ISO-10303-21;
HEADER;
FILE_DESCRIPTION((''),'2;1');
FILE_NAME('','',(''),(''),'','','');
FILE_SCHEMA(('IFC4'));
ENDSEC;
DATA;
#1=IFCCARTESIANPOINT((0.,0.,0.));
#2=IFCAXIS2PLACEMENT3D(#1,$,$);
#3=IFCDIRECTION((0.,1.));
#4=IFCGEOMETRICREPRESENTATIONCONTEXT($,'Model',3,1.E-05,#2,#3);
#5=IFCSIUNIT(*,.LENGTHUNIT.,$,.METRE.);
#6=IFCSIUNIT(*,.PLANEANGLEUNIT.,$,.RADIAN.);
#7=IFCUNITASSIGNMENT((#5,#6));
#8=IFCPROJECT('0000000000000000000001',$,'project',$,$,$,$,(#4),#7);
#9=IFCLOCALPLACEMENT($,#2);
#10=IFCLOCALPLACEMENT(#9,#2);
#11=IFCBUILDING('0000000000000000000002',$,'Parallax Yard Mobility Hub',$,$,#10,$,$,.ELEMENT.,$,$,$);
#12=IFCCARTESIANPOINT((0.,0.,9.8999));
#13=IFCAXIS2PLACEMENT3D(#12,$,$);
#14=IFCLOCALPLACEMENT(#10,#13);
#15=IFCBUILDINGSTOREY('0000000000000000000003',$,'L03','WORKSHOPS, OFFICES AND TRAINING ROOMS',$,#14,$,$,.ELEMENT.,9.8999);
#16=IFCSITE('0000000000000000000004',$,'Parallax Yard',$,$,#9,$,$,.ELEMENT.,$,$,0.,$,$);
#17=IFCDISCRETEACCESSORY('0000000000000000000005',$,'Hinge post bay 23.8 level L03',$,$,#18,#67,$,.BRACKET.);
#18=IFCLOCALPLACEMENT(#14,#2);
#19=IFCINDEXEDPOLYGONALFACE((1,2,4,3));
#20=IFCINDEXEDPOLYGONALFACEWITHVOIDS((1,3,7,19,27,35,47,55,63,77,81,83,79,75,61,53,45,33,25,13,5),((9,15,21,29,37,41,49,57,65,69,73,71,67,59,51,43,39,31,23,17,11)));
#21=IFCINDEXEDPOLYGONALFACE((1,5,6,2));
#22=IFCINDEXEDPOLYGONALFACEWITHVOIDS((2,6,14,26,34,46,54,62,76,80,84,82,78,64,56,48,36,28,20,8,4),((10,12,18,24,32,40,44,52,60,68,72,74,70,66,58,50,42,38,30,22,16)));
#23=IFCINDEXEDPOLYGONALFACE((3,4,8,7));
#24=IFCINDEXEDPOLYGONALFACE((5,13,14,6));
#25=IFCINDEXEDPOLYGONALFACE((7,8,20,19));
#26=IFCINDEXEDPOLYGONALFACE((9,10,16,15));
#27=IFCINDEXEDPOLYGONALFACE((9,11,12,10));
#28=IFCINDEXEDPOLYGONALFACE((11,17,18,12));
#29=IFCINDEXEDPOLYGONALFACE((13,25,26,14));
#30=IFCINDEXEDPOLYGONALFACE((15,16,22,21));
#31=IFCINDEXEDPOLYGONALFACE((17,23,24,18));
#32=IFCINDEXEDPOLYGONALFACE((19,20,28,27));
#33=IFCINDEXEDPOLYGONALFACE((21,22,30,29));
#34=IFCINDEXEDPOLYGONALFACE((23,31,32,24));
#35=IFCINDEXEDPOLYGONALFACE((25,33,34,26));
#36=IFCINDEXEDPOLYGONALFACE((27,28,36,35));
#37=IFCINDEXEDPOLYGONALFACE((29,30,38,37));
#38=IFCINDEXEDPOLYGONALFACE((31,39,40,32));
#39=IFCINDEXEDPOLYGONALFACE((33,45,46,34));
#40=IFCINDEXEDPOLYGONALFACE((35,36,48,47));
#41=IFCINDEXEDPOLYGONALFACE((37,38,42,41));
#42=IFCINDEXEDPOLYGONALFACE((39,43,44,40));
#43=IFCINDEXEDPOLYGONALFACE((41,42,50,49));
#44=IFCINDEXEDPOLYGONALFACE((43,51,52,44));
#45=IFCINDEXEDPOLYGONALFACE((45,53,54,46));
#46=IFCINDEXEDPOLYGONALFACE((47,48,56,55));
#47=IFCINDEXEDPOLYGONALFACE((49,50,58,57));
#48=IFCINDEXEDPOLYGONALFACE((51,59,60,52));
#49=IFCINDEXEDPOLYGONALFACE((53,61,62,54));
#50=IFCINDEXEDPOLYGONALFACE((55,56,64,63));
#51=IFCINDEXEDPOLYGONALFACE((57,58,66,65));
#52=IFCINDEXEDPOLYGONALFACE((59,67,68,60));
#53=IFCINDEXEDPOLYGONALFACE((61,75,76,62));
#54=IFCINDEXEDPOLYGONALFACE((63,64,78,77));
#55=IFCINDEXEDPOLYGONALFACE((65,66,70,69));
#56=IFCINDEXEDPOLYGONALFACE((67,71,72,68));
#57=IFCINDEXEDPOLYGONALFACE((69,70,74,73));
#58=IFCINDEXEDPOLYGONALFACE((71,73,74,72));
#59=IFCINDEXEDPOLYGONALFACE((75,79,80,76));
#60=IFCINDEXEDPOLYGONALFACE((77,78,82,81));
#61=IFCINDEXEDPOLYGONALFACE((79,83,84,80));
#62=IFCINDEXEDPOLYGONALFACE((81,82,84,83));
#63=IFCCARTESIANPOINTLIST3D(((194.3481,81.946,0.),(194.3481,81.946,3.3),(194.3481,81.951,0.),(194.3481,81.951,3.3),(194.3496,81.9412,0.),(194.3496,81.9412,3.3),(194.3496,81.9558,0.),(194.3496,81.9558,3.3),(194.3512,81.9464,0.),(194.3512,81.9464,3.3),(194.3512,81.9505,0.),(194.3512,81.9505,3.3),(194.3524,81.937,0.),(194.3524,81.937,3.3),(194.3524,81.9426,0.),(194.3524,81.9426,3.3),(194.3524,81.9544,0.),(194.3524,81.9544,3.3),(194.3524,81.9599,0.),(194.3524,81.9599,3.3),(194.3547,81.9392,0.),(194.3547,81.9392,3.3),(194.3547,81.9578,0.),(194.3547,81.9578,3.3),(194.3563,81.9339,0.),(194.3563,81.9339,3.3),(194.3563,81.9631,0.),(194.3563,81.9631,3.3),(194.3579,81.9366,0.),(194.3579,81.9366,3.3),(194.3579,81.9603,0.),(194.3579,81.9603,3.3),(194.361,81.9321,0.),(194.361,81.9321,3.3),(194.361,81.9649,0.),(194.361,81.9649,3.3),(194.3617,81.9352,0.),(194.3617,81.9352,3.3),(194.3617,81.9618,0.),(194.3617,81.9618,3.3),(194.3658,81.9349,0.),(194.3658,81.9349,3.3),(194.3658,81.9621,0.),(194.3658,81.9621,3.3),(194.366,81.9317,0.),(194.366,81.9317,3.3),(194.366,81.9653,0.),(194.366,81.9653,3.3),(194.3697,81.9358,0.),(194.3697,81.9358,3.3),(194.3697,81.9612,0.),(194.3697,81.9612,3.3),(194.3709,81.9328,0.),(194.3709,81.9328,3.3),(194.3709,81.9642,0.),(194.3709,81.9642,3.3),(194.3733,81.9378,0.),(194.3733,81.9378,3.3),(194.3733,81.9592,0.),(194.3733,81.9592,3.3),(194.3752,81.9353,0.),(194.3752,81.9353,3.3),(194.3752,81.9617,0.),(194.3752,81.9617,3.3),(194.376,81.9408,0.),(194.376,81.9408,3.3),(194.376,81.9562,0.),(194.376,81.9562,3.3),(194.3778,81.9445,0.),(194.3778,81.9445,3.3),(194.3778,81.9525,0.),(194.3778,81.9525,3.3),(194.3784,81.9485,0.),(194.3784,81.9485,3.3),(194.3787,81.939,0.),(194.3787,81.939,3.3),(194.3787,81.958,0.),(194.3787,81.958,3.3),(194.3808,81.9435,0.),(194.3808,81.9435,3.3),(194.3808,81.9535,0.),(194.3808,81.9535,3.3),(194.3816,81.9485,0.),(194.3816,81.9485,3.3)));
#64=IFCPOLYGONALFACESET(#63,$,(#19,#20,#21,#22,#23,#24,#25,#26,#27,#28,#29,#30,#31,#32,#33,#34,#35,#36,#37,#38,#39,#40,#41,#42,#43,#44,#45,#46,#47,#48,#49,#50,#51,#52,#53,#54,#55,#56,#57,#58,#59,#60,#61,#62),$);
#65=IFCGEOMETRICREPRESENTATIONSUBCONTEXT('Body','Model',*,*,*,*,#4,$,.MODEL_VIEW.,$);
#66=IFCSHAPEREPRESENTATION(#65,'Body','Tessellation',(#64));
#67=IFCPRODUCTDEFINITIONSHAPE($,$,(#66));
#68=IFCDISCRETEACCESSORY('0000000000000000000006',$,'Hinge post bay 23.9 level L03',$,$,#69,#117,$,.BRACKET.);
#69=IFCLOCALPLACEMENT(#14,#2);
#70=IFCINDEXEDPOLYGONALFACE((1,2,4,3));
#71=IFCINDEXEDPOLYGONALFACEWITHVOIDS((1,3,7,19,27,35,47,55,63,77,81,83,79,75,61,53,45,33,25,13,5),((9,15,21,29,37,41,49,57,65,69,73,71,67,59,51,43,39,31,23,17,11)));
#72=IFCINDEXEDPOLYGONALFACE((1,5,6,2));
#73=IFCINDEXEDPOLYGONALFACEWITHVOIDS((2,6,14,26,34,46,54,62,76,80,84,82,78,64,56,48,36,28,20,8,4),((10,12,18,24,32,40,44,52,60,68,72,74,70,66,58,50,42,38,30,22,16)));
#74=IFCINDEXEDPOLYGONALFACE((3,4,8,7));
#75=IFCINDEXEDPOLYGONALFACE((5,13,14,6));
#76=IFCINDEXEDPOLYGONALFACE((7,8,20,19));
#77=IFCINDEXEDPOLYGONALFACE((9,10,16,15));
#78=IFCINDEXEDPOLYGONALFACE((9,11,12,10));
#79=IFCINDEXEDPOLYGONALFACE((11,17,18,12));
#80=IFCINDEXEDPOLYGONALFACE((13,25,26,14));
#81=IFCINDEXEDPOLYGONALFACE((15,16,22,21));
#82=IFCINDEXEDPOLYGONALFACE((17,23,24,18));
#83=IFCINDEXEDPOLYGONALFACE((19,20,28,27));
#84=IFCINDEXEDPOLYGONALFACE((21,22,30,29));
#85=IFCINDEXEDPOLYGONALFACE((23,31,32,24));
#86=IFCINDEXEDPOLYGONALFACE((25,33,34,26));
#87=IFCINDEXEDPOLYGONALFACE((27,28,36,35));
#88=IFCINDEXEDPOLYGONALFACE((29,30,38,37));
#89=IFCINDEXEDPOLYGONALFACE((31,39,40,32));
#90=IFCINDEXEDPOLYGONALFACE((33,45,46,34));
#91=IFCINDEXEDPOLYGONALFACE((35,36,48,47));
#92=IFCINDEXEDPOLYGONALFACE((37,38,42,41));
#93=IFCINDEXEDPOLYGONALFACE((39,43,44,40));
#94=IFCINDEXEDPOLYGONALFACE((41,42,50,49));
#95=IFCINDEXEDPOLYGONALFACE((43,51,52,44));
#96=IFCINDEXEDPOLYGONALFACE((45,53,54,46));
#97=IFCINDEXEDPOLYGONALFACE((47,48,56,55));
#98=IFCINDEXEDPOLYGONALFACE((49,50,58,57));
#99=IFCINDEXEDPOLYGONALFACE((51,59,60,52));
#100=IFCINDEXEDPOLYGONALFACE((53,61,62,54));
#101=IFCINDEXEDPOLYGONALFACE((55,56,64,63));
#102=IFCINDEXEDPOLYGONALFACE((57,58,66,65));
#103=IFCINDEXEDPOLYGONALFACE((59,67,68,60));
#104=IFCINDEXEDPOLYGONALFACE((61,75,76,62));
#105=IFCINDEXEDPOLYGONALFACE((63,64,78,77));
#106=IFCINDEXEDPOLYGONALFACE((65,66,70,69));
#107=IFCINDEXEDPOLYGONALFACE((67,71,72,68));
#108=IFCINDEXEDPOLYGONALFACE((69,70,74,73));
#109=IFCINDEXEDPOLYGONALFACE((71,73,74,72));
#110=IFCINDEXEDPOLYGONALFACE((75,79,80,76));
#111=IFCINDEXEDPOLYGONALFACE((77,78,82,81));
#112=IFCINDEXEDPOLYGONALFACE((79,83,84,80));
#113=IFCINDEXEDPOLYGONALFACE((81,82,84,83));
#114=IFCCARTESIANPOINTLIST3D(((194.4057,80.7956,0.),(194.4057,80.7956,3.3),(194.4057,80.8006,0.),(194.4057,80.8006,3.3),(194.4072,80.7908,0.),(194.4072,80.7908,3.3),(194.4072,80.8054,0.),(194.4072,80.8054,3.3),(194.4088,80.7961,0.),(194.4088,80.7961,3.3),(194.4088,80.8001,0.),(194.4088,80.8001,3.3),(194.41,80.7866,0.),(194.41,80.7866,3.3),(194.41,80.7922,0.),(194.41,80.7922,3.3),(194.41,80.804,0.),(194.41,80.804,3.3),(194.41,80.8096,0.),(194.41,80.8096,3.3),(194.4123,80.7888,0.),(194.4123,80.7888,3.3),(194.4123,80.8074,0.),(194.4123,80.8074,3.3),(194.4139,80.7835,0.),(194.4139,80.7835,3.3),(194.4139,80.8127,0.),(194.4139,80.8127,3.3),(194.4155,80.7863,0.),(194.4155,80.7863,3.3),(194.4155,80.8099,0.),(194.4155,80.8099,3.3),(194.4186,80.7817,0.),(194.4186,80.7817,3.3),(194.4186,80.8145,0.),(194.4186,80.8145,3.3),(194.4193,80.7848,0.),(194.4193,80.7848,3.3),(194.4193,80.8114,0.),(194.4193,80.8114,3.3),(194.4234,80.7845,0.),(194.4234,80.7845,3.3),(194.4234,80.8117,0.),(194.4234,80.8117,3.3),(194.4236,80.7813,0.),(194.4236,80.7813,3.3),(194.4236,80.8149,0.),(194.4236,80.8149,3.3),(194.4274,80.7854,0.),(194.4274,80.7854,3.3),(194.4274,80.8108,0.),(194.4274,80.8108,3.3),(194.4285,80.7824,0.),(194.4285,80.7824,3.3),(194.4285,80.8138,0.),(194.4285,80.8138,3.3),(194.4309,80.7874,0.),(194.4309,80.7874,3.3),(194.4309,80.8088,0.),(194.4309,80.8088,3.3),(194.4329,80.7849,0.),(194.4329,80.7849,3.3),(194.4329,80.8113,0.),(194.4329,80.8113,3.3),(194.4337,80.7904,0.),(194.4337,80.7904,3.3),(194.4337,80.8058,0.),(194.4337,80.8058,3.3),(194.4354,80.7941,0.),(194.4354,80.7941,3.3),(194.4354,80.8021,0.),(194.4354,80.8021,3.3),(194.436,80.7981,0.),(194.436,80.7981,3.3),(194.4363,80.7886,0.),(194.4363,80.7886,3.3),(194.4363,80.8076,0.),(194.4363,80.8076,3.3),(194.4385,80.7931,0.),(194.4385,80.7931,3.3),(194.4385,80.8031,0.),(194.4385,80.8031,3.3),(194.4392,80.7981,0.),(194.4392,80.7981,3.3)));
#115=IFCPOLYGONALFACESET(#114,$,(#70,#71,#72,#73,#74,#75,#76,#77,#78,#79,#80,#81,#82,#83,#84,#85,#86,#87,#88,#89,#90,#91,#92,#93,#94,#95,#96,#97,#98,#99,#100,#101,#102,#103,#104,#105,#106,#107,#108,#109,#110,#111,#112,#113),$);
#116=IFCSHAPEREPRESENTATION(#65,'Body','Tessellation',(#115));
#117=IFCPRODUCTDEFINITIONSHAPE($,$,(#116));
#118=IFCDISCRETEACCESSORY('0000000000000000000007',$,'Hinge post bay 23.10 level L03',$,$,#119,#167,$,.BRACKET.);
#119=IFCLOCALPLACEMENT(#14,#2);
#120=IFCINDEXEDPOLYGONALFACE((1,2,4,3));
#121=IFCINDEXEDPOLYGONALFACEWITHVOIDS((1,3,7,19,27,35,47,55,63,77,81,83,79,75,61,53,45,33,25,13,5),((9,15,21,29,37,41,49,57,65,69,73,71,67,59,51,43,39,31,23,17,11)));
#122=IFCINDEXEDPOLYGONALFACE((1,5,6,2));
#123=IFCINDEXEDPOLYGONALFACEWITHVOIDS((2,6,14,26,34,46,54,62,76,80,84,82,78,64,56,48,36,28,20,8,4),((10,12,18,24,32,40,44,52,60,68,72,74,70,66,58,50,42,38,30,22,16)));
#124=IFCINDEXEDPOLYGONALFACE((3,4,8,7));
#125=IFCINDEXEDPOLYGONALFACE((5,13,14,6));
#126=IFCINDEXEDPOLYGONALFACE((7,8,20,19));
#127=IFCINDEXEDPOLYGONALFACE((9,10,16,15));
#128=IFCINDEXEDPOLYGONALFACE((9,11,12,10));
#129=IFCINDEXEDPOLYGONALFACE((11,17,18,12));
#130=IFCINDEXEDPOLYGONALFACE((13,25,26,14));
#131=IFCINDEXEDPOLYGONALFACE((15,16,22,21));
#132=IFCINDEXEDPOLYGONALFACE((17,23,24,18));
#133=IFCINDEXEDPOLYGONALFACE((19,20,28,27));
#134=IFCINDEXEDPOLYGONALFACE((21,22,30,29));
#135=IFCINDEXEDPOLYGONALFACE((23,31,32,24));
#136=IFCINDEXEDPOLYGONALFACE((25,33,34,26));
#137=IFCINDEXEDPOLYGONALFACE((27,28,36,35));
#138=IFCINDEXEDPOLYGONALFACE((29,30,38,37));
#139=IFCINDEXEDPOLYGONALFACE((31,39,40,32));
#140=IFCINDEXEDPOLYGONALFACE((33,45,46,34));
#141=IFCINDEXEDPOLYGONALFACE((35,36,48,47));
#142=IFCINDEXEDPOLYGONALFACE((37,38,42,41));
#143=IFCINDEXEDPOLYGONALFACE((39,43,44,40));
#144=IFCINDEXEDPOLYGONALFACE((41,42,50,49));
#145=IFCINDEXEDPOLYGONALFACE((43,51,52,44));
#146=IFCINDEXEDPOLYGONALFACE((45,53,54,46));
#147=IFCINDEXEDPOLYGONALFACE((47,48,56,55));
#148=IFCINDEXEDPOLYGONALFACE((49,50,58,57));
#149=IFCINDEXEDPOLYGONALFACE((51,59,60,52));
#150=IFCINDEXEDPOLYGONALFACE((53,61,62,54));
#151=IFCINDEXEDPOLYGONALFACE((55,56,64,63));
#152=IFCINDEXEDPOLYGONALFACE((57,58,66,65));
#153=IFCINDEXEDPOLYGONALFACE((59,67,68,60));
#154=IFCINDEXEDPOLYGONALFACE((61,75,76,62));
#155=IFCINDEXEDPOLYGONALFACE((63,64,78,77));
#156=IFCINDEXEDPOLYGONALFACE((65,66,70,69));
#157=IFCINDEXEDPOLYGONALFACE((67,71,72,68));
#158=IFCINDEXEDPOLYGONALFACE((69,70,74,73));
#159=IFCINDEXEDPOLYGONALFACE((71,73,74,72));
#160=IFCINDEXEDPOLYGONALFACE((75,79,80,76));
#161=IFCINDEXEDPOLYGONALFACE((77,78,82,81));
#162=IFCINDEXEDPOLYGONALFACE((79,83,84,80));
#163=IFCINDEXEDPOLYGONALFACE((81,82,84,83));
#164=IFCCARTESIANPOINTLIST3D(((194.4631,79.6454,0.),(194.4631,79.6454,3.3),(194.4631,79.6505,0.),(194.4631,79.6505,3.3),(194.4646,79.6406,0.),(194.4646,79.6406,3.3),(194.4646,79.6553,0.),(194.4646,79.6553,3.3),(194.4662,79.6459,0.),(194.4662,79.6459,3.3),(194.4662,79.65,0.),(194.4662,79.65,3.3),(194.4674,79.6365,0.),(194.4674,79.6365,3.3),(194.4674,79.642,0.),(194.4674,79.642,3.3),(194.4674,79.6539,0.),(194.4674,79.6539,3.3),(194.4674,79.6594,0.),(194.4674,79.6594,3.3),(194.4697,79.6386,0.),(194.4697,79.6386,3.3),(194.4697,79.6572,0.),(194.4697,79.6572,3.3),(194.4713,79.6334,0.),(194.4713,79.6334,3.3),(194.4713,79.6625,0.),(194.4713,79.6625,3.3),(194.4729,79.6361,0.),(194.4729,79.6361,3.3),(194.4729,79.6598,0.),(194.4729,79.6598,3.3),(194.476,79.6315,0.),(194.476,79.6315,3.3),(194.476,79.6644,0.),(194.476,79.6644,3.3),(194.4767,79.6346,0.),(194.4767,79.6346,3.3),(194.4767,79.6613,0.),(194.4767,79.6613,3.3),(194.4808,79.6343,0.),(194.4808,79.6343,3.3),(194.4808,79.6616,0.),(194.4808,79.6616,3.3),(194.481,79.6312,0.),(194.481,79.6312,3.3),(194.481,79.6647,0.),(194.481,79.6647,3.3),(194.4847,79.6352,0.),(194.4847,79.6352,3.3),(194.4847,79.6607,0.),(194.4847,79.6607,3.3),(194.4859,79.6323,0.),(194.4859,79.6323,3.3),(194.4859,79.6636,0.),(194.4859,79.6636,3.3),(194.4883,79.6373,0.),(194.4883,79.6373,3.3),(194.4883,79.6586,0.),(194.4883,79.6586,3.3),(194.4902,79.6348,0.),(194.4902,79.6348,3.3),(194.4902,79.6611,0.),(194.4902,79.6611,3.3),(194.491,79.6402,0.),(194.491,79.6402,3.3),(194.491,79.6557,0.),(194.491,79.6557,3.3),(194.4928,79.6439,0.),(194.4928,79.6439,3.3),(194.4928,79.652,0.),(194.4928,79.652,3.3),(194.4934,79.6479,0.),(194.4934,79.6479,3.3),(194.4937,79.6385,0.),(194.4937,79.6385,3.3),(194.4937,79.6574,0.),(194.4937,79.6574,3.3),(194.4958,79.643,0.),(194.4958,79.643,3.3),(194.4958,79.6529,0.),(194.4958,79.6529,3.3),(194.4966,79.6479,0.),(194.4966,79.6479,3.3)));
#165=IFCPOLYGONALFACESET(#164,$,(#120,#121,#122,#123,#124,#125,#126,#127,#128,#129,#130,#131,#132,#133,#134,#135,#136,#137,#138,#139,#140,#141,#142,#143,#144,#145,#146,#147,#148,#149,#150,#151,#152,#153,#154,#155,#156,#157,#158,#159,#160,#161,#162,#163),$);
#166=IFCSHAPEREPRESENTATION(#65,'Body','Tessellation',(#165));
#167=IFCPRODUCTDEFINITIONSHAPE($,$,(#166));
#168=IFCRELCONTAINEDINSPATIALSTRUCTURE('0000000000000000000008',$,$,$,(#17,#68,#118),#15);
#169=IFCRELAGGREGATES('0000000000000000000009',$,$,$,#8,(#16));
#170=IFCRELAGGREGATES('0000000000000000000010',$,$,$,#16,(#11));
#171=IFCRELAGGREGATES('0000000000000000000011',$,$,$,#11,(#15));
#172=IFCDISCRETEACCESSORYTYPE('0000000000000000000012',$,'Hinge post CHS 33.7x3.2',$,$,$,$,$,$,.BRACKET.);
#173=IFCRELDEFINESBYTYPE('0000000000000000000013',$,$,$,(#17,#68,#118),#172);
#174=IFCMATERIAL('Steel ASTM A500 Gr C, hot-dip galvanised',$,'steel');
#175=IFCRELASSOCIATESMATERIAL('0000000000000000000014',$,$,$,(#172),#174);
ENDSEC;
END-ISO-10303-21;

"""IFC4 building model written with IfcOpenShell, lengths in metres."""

from ifc_helpers import new_model, si_unit, direction, frame, origin, origin_2d, place, context, subcontext, project, spatial, hollow_circle, extrude, material, material_profile, profile_set, type_object, element, save


model = new_model("IFC4")

# Units and contexts
model_context = context("Model", 3, precision=1e-05, world=origin(), true_north=direction((0.0, 1.0)))
body_context = subcontext(model_context, "Body", "Model", "MODEL_VIEW")
ifc_project = project(units=[si_unit("LENGTHUNIT", "METRE"), si_unit("PLANEANGLEUNIT", "RADIAN")], contexts=[model_context])

# Site, building, storey
site_placement = place(None, origin())
site = spatial("IfcSite", under=ifc_project, at=site_placement, Name="Parallax Yard", CompositionType="ELEMENT", RefElevation=0.0)
building_placement = place(site_placement, origin())
building = spatial("IfcBuilding", under=site, at=building_placement, Name="Parallax Yard Mobility Hub", CompositionType="ELEMENT")
storey_placement = place(building_placement, frame((0.0, 0.0, 9.8999)))
storey = spatial("IfcBuildingStorey", under=building, at=storey_placement, Name="L03", Description="WORKSHOPS, OFFICES AND TRAINING ROOMS", CompositionType="ELEMENT", Elevation=9.8999)

# Discrete accessories
ifc_material_1 = material(Name="Steel ASTM A500 Gr C, hot-dip galvanised", Category="steel")
ifc_material_profile = material_profile(ifc_material_1, hollow_circle(Radius=0.0168, WallThickness=0.0032, at=origin_2d()), Name="CHS 33.7x3.2")
ifc_profile_set = profile_set([ifc_material_profile], Name="Steel ASTM A500 Gr C, hot-dip galvanised")
discrete_accessory_type = type_object("IfcDiscreteAccessoryType", Name="Hinge post CHS 33.7x3.2", PredefinedType="BRACKET", material=ifc_profile_set)
for number, where, z_axis, x_axis, name in (
    (1, (194.3647, 81.9485, 0.0), (0.0, 0.0, 1.0), (1.0, 0.0, 0.0), "Hinge post bay 23.8 level L03"),
    (2, (194.4224, 80.7981, 0.0), (0.0, 0.0, 1.0), (1.0, 0.0, 0.0), "Hinge post bay 23.9 level L03"),
    (3, (194.4797, 79.6479, 0.0), (0.0, 0.0, 1.0), (1.0, 0.0, 0.0), "Hinge post bay 23.10 level L03"),
):
    element("IfcDiscreteAccessory", number, at=place(storey_placement, frame(where, z_axis=z_axis, x_axis=x_axis)), inside=storey, type_object=discrete_accessory_type, Name=name, PredefinedType="BRACKET", context=body_context, shape_type="SweptSolid", body=[
        extrude(hollow_circle(Radius=0.0168, WallThickness=0.0032, at=origin_2d()), origin(), (0.0, 0.0, 1.0), 3.3),
    ])

save(model, "model.ifc")
